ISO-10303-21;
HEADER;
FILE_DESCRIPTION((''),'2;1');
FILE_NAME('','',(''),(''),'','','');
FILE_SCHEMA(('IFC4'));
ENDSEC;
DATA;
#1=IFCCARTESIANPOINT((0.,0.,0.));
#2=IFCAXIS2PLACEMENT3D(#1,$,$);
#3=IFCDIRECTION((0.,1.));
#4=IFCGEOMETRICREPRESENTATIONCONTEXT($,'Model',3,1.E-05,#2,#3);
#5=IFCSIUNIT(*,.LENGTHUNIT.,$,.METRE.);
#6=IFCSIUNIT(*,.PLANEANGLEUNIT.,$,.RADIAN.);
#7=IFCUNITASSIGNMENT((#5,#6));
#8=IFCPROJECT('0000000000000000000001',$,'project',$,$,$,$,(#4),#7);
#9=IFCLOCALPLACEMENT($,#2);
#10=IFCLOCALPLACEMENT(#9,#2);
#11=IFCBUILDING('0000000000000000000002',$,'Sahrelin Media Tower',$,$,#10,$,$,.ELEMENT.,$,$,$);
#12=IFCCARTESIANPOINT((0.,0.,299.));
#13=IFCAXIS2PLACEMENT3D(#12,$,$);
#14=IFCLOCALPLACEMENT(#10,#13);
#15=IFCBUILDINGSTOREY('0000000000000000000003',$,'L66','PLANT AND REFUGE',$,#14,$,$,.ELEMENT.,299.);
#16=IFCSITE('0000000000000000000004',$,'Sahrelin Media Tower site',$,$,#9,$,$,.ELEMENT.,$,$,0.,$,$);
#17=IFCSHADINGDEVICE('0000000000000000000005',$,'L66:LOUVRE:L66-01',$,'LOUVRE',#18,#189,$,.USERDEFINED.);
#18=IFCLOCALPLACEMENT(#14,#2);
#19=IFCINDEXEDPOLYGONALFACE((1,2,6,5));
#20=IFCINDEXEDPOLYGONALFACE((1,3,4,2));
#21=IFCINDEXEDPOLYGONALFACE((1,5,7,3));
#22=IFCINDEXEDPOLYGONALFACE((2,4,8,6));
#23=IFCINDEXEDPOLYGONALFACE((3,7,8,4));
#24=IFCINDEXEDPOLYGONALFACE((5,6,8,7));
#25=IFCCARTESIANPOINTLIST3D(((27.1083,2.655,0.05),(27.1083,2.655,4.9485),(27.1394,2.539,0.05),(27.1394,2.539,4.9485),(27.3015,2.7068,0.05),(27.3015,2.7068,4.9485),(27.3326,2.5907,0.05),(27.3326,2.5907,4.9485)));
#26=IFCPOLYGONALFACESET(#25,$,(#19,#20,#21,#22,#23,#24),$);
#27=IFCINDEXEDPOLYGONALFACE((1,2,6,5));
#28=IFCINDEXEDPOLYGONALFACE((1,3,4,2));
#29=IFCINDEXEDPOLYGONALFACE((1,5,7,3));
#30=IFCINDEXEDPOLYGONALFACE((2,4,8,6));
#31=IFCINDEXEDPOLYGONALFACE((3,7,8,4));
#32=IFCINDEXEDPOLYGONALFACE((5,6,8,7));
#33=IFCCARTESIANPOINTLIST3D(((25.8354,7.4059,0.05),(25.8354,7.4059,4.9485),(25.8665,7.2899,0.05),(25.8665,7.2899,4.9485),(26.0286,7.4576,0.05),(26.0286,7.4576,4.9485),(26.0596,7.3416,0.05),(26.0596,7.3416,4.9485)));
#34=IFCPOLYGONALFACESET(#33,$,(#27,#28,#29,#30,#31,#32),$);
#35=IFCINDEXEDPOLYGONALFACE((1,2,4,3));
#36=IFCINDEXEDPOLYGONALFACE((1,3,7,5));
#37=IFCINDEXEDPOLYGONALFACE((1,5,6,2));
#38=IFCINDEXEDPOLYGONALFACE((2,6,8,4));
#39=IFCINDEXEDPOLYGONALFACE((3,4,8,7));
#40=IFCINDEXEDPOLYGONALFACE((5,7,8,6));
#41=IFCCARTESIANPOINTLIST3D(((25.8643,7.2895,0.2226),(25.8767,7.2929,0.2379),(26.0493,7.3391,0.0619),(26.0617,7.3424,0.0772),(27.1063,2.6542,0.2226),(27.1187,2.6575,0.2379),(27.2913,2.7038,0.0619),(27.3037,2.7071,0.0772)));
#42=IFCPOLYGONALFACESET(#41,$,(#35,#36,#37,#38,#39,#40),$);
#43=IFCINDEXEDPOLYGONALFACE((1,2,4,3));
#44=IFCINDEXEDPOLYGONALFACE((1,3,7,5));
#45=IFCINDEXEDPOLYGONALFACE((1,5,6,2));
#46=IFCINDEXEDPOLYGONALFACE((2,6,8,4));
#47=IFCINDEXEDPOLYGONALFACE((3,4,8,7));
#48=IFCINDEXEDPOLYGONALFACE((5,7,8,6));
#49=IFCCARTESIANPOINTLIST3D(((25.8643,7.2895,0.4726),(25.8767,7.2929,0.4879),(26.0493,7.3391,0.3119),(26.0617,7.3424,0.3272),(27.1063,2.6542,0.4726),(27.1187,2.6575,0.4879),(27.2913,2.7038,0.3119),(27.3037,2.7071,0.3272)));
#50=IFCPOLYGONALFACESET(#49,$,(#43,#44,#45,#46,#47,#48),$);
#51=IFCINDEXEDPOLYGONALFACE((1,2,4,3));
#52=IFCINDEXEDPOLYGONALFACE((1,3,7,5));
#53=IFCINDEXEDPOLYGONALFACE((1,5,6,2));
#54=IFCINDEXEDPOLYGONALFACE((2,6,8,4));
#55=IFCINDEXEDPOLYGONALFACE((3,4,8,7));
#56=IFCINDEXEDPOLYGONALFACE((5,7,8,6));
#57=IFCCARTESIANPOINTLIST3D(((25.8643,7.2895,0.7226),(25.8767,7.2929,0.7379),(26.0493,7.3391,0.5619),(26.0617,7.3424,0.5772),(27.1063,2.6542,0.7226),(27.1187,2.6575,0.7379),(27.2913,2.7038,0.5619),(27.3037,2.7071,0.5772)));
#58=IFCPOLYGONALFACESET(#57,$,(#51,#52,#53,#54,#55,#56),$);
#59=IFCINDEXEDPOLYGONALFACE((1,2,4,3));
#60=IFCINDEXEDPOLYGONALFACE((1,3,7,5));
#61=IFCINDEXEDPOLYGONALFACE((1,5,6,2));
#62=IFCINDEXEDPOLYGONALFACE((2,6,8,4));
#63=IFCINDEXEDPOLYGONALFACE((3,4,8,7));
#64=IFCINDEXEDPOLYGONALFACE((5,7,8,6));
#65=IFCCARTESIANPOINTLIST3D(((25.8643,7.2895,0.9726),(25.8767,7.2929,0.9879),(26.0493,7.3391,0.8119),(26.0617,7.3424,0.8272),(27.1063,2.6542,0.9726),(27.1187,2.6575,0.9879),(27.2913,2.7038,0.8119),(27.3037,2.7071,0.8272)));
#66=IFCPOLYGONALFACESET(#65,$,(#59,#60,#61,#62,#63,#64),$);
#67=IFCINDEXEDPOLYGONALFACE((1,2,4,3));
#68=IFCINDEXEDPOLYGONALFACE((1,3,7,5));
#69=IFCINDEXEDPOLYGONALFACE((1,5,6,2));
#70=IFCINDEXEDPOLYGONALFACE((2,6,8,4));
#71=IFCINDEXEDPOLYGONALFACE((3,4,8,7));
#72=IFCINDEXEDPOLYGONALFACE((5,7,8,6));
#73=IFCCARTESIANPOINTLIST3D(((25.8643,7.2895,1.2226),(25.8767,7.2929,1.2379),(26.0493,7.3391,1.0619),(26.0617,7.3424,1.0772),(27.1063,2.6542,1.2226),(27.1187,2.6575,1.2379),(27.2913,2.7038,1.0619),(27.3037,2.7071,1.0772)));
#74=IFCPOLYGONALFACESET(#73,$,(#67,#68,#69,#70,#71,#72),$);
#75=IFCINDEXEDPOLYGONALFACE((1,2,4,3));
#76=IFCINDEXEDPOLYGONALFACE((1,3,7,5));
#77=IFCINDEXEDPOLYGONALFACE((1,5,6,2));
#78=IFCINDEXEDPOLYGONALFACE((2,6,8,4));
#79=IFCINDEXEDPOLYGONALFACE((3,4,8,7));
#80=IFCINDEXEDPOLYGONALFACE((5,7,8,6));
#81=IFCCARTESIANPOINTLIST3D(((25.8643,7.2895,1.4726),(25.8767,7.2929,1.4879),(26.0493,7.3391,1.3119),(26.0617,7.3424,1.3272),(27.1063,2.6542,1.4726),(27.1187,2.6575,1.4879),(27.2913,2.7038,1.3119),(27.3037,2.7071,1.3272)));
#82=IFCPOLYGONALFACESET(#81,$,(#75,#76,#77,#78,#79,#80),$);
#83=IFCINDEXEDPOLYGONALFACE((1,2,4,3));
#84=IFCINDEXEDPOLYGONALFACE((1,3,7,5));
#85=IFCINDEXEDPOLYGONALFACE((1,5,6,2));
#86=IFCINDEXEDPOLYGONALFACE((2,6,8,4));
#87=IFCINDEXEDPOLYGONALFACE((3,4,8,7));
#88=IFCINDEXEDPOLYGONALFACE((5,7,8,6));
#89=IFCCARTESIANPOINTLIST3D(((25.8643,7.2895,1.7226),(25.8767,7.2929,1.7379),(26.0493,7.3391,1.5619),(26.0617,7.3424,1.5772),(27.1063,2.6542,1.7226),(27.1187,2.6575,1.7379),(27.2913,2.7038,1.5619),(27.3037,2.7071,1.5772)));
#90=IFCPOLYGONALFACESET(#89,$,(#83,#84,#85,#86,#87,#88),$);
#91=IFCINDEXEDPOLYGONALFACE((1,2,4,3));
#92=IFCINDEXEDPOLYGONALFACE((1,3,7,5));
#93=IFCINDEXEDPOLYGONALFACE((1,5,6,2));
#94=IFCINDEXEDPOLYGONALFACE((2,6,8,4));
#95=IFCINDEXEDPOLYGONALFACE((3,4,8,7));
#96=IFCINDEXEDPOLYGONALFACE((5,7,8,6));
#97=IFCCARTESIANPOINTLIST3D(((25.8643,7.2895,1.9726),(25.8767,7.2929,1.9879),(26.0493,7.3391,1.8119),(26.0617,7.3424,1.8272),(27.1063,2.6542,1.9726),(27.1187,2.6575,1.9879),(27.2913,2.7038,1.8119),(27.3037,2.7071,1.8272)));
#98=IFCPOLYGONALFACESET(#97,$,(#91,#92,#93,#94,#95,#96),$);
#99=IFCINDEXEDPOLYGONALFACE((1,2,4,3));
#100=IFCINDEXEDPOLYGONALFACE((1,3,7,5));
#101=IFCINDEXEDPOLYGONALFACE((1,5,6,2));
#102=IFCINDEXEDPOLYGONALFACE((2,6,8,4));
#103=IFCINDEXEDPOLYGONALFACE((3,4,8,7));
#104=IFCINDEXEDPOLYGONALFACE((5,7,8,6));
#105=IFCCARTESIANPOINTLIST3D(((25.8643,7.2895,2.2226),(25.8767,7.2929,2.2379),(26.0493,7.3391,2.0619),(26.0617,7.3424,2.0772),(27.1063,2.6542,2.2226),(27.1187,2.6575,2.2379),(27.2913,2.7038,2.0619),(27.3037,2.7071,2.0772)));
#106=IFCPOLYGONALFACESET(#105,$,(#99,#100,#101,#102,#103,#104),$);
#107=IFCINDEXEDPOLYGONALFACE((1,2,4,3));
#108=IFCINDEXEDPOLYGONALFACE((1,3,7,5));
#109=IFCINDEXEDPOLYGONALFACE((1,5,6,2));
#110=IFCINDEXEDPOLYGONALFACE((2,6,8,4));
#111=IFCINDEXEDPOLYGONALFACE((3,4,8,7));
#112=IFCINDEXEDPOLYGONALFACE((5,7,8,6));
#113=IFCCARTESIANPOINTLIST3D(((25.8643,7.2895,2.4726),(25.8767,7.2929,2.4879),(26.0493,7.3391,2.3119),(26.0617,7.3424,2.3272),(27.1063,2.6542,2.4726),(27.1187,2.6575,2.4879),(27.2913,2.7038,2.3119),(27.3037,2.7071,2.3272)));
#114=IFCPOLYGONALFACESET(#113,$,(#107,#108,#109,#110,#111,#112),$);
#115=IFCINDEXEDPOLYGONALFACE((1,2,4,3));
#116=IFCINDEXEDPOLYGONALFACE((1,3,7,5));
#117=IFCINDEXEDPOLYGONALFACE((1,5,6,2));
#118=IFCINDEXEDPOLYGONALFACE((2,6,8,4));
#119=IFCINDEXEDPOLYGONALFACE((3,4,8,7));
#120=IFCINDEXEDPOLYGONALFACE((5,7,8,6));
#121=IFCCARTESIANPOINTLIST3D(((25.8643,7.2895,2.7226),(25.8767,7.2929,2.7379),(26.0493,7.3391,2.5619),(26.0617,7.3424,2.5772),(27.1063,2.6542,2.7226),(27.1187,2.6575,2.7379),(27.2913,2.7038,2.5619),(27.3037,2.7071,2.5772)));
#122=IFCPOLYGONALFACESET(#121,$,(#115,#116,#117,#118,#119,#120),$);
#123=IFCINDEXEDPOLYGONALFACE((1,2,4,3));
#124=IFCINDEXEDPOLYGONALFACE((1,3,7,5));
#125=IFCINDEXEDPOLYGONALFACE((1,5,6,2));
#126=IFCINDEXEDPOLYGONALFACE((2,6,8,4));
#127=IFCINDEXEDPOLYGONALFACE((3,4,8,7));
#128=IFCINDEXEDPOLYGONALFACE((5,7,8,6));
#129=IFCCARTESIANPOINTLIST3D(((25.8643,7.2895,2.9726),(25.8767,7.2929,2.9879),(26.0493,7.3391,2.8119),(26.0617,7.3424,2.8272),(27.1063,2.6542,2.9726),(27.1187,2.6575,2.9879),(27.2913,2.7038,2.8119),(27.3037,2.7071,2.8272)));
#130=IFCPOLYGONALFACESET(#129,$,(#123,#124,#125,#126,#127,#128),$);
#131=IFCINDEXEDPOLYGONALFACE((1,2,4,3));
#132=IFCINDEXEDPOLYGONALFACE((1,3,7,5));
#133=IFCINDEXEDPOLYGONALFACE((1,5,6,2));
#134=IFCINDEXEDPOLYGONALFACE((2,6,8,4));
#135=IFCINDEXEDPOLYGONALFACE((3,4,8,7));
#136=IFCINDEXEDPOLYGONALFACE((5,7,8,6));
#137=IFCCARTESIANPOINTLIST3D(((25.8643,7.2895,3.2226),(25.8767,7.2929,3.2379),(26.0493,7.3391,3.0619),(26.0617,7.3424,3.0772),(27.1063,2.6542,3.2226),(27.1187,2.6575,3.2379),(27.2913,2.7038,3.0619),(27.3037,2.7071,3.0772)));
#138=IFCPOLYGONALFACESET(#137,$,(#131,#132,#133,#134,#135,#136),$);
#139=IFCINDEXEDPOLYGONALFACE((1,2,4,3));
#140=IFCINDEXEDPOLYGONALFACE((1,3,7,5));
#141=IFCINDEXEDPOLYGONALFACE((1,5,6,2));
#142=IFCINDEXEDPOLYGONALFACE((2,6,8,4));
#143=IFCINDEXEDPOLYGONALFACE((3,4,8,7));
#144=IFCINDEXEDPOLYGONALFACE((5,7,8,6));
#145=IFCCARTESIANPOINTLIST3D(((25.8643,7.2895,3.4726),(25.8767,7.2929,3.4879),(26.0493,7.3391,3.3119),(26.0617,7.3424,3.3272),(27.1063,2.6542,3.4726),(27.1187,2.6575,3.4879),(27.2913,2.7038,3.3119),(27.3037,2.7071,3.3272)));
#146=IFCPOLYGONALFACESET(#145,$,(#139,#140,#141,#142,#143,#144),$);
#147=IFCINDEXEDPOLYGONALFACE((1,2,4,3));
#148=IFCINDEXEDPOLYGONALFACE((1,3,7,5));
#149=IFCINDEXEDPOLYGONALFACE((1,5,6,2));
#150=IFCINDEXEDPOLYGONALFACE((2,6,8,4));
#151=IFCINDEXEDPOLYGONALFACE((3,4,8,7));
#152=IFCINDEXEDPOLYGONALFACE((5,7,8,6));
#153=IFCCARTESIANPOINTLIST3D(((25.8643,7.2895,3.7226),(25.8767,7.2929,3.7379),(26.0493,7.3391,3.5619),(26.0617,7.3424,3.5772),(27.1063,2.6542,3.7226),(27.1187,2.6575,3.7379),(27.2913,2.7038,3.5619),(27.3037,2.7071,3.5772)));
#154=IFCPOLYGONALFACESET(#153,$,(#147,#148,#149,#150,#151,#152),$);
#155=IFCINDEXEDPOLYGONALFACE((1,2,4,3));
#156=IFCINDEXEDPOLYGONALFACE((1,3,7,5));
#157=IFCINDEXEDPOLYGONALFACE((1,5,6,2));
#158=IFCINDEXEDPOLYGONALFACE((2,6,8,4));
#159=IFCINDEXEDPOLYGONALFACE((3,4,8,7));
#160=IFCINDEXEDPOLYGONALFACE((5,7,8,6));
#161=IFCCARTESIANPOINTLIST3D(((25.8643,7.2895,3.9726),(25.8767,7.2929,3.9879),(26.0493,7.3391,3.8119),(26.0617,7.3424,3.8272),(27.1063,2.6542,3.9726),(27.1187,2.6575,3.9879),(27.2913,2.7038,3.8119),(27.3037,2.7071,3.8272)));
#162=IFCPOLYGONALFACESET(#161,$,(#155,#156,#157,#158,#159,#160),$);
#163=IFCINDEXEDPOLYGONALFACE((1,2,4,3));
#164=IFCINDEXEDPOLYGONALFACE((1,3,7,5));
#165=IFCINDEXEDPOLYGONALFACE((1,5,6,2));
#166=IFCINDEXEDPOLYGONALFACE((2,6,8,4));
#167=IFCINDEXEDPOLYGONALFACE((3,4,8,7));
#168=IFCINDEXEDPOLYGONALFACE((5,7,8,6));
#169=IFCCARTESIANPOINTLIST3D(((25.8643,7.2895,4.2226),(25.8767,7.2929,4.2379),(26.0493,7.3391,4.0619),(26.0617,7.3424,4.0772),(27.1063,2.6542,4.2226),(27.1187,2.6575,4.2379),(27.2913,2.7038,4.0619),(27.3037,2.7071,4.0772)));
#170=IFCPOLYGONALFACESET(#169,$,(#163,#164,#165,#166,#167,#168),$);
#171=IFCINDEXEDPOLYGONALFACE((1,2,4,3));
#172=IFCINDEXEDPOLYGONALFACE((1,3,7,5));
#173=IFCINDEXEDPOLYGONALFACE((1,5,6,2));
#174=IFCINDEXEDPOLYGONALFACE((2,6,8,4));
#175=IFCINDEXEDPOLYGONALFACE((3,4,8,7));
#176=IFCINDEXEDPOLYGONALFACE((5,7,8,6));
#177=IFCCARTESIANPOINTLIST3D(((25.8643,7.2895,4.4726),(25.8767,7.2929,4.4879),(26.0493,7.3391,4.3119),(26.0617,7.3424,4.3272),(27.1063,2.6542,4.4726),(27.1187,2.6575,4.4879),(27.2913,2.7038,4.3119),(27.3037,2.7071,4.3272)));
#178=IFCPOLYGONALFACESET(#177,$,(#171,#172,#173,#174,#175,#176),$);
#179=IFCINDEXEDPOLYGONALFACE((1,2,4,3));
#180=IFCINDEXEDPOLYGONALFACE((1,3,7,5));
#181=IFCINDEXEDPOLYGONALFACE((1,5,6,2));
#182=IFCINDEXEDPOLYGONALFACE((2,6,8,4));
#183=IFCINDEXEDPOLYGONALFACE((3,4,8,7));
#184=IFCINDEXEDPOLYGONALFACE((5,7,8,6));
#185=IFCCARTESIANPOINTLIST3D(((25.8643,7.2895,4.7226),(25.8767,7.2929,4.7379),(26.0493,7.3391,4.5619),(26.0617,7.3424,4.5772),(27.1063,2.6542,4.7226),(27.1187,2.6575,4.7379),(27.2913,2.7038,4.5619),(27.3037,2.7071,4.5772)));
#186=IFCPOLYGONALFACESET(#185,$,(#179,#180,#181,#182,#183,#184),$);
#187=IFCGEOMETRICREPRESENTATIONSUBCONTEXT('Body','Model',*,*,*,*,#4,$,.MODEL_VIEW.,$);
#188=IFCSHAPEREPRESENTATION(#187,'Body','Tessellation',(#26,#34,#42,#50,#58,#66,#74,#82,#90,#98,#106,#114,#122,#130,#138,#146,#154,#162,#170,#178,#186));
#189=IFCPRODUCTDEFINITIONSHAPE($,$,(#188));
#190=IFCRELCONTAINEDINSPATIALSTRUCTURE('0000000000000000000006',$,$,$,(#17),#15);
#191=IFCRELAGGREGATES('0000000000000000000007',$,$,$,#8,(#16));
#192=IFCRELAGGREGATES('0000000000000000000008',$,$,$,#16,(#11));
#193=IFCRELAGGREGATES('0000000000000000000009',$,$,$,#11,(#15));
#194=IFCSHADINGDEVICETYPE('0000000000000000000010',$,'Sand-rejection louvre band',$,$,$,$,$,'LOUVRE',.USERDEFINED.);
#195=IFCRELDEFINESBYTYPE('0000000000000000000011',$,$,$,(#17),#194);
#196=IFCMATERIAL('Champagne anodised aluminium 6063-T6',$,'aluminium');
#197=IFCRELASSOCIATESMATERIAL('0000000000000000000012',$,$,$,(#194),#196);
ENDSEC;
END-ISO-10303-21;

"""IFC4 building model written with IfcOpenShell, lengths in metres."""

from ifc_helpers import new_model, si_unit, direction, frame, origin, origin_2d, place, context, subcontext, project, spatial, rectangle, extrude, material, type_object, element, save


model = new_model("IFC4")

# Units and contexts
model_context = context("Model", 3, precision=1e-05, world=origin(), true_north=direction((0.0, 1.0)))
body_context = subcontext(model_context, "Body", "Model", "MODEL_VIEW")
ifc_project = project(units=[si_unit("LENGTHUNIT", "METRE"), si_unit("PLANEANGLEUNIT", "RADIAN")], contexts=[model_context])

# Site, building, storey
site_placement = place(None, origin())
site = spatial("IfcSite", under=ifc_project, at=site_placement, Name="Sahrelin Media Tower site", CompositionType="ELEMENT", RefElevation=0.0)
building_placement = place(site_placement, origin())
building = spatial("IfcBuilding", under=site, at=building_placement, Name="Sahrelin Media Tower", CompositionType="ELEMENT")
storey_placement = place(building_placement, frame((0.0, 0.0, 299.0)))
storey = spatial("IfcBuildingStorey", under=building, at=storey_placement, Name="L66", Description="PLANT AND REFUGE", CompositionType="ELEMENT", Elevation=299.0)

# Shading device
ifc_material_1 = material(Name="Champagne anodised aluminium 6063-T6", Category="aluminium")
shading_device_type = type_object("IfcShadingDeviceType", Name="Sand-rejection louvre band", ElementType="LOUVRE", PredefinedType="USERDEFINED", material=ifc_material_1)
shading_device_1_placement = place(storey_placement, frame((26.4873, 4.9724, 0.0), z_axis=(0.0, 0.0, 1.0), x_axis=(0.258808, -0.965929, 0.0)))
element("IfcShadingDevice", 1, at=shading_device_1_placement, inside=storey, type_object=shading_device_type, Name="L66:LOUVRE:L66-01", ObjectType="LOUVRE", PredefinedType="USERDEFINED", context=body_context, shape_type="SweptSolid", body=[
    extrude(rectangle(XDim=0.1201, YDim=0.2, at=origin_2d()), frame((2.4592, 0.1001, 0.05), z_axis=(0.0, 0.0, 1.0), x_axis=(1.0, 0.0, 0.0)), (0.0, 0.0, 1.0), 4.8984),
    extrude(rectangle(XDim=0.1201, YDim=0.2, at=origin_2d()), frame((-2.4592, 0.1001, 0.05), z_axis=(0.0, 0.0, 1.0), x_axis=(1.0, 0.0, 0.0)), (0.0, 0.0, 1.0), 4.8984),
    extrude(rectangle(XDim=0.25, YDim=0.02, at=origin_2d()), frame((2.3994, 0.1001, 0.1499), z_axis=(-1.0, 0.0, 0.0), x_axis=(0.0, -0.766044, 0.642788)), (0.0, 0.0, 1.0), 4.7988),
    extrude(rectangle(XDim=0.25, YDim=0.02, at=origin_2d()), frame((2.3994, 0.1001, 0.3999), z_axis=(-1.0, 0.0, 0.0), x_axis=(0.0, -0.766044, 0.642788)), (0.0, 0.0, 1.0), 4.7988),
    extrude(rectangle(XDim=0.25, YDim=0.02, at=origin_2d()), frame((2.3994, 0.1001, 0.6499), z_axis=(-1.0, 0.0, 0.0), x_axis=(0.0, -0.766044, 0.642788)), (0.0, 0.0, 1.0), 4.7988),
    extrude(rectangle(XDim=0.25, YDim=0.02, at=origin_2d()), frame((2.3994, 0.1001, 0.8999), z_axis=(-1.0, 0.0, 0.0), x_axis=(0.0, -0.766044, 0.642788)), (0.0, 0.0, 1.0), 4.7988),
    extrude(rectangle(XDim=0.25, YDim=0.02, at=origin_2d()), frame((2.3994, 0.1001, 1.1499), z_axis=(-1.0, 0.0, 0.0), x_axis=(0.0, -0.766044, 0.642788)), (0.0, 0.0, 1.0), 4.7988),
    extrude(rectangle(XDim=0.25, YDim=0.02, at=origin_2d()), frame((2.3994, 0.1001, 1.3999), z_axis=(-1.0, 0.0, 0.0), x_axis=(0.0, -0.766044, 0.642788)), (0.0, 0.0, 1.0), 4.7988),
    extrude(rectangle(XDim=0.25, YDim=0.02, at=origin_2d()), frame((2.3994, 0.1001, 1.6499), z_axis=(-1.0, 0.0, 0.0), x_axis=(0.0, -0.766044, 0.642788)), (0.0, 0.0, 1.0), 4.7988),
    extrude(rectangle(XDim=0.25, YDim=0.02, at=origin_2d()), frame((2.3994, 0.1001, 1.8999), z_axis=(-1.0, 0.0, 0.0), x_axis=(0.0, -0.766044, 0.642788)), (0.0, 0.0, 1.0), 4.7988),
    extrude(rectangle(XDim=0.25, YDim=0.02, at=origin_2d()), frame((2.3994, 0.1001, 2.1499), z_axis=(-1.0, 0.0, 0.0), x_axis=(0.0, -0.766044, 0.642788)), (0.0, 0.0, 1.0), 4.7988),
    extrude(rectangle(XDim=0.25, YDim=0.02, at=origin_2d()), frame((2.3994, 0.1001, 2.3999), z_axis=(-1.0, 0.0, 0.0), x_axis=(0.0, -0.766044, 0.642788)), (0.0, 0.0, 1.0), 4.7988),
    extrude(rectangle(XDim=0.25, YDim=0.02, at=origin_2d()), frame((2.3994, 0.1001, 2.6499), z_axis=(-1.0, 0.0, 0.0), x_axis=(0.0, -0.766044, 0.642788)), (0.0, 0.0, 1.0), 4.7988),
    extrude(rectangle(XDim=0.25, YDim=0.02, at=origin_2d()), frame((2.3994, 0.1001, 2.8999), z_axis=(-1.0, 0.0, 0.0), x_axis=(0.0, -0.766044, 0.642788)), (0.0, 0.0, 1.0), 4.7988),
    extrude(rectangle(XDim=0.25, YDim=0.02, at=origin_2d()), frame((2.3994, 0.1001, 3.1499), z_axis=(-1.0, 0.0, 0.0), x_axis=(0.0, -0.766044, 0.642788)), (0.0, 0.0, 1.0), 4.7988),
    extrude(rectangle(XDim=0.25, YDim=0.02, at=origin_2d()), frame((2.3994, 0.1001, 3.3999), z_axis=(-1.0, 0.0, 0.0), x_axis=(0.0, -0.766044, 0.642788)), (0.0, 0.0, 1.0), 4.7988),
    extrude(rectangle(XDim=0.25, YDim=0.02, at=origin_2d()), frame((2.3994, 0.1001, 3.6499), z_axis=(-1.0, 0.0, 0.0), x_axis=(0.0, -0.766044, 0.642788)), (0.0, 0.0, 1.0), 4.7988),
    extrude(rectangle(XDim=0.25, YDim=0.02, at=origin_2d()), frame((2.3994, 0.1001, 3.8999), z_axis=(-1.0, 0.0, 0.0), x_axis=(0.0, -0.766044, 0.642788)), (0.0, 0.0, 1.0), 4.7988),
    extrude(rectangle(XDim=0.25, YDim=0.02, at=origin_2d()), frame((2.3994, 0.1001, 4.1499), z_axis=(-1.0, 0.0, 0.0), x_axis=(0.0, -0.766044, 0.642788)), (0.0, 0.0, 1.0), 4.7988),
    extrude(rectangle(XDim=0.25, YDim=0.02, at=origin_2d()), frame((2.3994, 0.1001, 4.3999), z_axis=(-1.0, 0.0, 0.0), x_axis=(0.0, -0.766044, 0.642788)), (0.0, 0.0, 1.0), 4.7988),
    extrude(rectangle(XDim=0.25, YDim=0.02, at=origin_2d()), frame((2.3994, 0.1001, 4.6499), z_axis=(-1.0, 0.0, 0.0), x_axis=(0.0, -0.766044, 0.642788)), (0.0, 0.0, 1.0), 4.7988),
])

save(model, "model.ifc")
